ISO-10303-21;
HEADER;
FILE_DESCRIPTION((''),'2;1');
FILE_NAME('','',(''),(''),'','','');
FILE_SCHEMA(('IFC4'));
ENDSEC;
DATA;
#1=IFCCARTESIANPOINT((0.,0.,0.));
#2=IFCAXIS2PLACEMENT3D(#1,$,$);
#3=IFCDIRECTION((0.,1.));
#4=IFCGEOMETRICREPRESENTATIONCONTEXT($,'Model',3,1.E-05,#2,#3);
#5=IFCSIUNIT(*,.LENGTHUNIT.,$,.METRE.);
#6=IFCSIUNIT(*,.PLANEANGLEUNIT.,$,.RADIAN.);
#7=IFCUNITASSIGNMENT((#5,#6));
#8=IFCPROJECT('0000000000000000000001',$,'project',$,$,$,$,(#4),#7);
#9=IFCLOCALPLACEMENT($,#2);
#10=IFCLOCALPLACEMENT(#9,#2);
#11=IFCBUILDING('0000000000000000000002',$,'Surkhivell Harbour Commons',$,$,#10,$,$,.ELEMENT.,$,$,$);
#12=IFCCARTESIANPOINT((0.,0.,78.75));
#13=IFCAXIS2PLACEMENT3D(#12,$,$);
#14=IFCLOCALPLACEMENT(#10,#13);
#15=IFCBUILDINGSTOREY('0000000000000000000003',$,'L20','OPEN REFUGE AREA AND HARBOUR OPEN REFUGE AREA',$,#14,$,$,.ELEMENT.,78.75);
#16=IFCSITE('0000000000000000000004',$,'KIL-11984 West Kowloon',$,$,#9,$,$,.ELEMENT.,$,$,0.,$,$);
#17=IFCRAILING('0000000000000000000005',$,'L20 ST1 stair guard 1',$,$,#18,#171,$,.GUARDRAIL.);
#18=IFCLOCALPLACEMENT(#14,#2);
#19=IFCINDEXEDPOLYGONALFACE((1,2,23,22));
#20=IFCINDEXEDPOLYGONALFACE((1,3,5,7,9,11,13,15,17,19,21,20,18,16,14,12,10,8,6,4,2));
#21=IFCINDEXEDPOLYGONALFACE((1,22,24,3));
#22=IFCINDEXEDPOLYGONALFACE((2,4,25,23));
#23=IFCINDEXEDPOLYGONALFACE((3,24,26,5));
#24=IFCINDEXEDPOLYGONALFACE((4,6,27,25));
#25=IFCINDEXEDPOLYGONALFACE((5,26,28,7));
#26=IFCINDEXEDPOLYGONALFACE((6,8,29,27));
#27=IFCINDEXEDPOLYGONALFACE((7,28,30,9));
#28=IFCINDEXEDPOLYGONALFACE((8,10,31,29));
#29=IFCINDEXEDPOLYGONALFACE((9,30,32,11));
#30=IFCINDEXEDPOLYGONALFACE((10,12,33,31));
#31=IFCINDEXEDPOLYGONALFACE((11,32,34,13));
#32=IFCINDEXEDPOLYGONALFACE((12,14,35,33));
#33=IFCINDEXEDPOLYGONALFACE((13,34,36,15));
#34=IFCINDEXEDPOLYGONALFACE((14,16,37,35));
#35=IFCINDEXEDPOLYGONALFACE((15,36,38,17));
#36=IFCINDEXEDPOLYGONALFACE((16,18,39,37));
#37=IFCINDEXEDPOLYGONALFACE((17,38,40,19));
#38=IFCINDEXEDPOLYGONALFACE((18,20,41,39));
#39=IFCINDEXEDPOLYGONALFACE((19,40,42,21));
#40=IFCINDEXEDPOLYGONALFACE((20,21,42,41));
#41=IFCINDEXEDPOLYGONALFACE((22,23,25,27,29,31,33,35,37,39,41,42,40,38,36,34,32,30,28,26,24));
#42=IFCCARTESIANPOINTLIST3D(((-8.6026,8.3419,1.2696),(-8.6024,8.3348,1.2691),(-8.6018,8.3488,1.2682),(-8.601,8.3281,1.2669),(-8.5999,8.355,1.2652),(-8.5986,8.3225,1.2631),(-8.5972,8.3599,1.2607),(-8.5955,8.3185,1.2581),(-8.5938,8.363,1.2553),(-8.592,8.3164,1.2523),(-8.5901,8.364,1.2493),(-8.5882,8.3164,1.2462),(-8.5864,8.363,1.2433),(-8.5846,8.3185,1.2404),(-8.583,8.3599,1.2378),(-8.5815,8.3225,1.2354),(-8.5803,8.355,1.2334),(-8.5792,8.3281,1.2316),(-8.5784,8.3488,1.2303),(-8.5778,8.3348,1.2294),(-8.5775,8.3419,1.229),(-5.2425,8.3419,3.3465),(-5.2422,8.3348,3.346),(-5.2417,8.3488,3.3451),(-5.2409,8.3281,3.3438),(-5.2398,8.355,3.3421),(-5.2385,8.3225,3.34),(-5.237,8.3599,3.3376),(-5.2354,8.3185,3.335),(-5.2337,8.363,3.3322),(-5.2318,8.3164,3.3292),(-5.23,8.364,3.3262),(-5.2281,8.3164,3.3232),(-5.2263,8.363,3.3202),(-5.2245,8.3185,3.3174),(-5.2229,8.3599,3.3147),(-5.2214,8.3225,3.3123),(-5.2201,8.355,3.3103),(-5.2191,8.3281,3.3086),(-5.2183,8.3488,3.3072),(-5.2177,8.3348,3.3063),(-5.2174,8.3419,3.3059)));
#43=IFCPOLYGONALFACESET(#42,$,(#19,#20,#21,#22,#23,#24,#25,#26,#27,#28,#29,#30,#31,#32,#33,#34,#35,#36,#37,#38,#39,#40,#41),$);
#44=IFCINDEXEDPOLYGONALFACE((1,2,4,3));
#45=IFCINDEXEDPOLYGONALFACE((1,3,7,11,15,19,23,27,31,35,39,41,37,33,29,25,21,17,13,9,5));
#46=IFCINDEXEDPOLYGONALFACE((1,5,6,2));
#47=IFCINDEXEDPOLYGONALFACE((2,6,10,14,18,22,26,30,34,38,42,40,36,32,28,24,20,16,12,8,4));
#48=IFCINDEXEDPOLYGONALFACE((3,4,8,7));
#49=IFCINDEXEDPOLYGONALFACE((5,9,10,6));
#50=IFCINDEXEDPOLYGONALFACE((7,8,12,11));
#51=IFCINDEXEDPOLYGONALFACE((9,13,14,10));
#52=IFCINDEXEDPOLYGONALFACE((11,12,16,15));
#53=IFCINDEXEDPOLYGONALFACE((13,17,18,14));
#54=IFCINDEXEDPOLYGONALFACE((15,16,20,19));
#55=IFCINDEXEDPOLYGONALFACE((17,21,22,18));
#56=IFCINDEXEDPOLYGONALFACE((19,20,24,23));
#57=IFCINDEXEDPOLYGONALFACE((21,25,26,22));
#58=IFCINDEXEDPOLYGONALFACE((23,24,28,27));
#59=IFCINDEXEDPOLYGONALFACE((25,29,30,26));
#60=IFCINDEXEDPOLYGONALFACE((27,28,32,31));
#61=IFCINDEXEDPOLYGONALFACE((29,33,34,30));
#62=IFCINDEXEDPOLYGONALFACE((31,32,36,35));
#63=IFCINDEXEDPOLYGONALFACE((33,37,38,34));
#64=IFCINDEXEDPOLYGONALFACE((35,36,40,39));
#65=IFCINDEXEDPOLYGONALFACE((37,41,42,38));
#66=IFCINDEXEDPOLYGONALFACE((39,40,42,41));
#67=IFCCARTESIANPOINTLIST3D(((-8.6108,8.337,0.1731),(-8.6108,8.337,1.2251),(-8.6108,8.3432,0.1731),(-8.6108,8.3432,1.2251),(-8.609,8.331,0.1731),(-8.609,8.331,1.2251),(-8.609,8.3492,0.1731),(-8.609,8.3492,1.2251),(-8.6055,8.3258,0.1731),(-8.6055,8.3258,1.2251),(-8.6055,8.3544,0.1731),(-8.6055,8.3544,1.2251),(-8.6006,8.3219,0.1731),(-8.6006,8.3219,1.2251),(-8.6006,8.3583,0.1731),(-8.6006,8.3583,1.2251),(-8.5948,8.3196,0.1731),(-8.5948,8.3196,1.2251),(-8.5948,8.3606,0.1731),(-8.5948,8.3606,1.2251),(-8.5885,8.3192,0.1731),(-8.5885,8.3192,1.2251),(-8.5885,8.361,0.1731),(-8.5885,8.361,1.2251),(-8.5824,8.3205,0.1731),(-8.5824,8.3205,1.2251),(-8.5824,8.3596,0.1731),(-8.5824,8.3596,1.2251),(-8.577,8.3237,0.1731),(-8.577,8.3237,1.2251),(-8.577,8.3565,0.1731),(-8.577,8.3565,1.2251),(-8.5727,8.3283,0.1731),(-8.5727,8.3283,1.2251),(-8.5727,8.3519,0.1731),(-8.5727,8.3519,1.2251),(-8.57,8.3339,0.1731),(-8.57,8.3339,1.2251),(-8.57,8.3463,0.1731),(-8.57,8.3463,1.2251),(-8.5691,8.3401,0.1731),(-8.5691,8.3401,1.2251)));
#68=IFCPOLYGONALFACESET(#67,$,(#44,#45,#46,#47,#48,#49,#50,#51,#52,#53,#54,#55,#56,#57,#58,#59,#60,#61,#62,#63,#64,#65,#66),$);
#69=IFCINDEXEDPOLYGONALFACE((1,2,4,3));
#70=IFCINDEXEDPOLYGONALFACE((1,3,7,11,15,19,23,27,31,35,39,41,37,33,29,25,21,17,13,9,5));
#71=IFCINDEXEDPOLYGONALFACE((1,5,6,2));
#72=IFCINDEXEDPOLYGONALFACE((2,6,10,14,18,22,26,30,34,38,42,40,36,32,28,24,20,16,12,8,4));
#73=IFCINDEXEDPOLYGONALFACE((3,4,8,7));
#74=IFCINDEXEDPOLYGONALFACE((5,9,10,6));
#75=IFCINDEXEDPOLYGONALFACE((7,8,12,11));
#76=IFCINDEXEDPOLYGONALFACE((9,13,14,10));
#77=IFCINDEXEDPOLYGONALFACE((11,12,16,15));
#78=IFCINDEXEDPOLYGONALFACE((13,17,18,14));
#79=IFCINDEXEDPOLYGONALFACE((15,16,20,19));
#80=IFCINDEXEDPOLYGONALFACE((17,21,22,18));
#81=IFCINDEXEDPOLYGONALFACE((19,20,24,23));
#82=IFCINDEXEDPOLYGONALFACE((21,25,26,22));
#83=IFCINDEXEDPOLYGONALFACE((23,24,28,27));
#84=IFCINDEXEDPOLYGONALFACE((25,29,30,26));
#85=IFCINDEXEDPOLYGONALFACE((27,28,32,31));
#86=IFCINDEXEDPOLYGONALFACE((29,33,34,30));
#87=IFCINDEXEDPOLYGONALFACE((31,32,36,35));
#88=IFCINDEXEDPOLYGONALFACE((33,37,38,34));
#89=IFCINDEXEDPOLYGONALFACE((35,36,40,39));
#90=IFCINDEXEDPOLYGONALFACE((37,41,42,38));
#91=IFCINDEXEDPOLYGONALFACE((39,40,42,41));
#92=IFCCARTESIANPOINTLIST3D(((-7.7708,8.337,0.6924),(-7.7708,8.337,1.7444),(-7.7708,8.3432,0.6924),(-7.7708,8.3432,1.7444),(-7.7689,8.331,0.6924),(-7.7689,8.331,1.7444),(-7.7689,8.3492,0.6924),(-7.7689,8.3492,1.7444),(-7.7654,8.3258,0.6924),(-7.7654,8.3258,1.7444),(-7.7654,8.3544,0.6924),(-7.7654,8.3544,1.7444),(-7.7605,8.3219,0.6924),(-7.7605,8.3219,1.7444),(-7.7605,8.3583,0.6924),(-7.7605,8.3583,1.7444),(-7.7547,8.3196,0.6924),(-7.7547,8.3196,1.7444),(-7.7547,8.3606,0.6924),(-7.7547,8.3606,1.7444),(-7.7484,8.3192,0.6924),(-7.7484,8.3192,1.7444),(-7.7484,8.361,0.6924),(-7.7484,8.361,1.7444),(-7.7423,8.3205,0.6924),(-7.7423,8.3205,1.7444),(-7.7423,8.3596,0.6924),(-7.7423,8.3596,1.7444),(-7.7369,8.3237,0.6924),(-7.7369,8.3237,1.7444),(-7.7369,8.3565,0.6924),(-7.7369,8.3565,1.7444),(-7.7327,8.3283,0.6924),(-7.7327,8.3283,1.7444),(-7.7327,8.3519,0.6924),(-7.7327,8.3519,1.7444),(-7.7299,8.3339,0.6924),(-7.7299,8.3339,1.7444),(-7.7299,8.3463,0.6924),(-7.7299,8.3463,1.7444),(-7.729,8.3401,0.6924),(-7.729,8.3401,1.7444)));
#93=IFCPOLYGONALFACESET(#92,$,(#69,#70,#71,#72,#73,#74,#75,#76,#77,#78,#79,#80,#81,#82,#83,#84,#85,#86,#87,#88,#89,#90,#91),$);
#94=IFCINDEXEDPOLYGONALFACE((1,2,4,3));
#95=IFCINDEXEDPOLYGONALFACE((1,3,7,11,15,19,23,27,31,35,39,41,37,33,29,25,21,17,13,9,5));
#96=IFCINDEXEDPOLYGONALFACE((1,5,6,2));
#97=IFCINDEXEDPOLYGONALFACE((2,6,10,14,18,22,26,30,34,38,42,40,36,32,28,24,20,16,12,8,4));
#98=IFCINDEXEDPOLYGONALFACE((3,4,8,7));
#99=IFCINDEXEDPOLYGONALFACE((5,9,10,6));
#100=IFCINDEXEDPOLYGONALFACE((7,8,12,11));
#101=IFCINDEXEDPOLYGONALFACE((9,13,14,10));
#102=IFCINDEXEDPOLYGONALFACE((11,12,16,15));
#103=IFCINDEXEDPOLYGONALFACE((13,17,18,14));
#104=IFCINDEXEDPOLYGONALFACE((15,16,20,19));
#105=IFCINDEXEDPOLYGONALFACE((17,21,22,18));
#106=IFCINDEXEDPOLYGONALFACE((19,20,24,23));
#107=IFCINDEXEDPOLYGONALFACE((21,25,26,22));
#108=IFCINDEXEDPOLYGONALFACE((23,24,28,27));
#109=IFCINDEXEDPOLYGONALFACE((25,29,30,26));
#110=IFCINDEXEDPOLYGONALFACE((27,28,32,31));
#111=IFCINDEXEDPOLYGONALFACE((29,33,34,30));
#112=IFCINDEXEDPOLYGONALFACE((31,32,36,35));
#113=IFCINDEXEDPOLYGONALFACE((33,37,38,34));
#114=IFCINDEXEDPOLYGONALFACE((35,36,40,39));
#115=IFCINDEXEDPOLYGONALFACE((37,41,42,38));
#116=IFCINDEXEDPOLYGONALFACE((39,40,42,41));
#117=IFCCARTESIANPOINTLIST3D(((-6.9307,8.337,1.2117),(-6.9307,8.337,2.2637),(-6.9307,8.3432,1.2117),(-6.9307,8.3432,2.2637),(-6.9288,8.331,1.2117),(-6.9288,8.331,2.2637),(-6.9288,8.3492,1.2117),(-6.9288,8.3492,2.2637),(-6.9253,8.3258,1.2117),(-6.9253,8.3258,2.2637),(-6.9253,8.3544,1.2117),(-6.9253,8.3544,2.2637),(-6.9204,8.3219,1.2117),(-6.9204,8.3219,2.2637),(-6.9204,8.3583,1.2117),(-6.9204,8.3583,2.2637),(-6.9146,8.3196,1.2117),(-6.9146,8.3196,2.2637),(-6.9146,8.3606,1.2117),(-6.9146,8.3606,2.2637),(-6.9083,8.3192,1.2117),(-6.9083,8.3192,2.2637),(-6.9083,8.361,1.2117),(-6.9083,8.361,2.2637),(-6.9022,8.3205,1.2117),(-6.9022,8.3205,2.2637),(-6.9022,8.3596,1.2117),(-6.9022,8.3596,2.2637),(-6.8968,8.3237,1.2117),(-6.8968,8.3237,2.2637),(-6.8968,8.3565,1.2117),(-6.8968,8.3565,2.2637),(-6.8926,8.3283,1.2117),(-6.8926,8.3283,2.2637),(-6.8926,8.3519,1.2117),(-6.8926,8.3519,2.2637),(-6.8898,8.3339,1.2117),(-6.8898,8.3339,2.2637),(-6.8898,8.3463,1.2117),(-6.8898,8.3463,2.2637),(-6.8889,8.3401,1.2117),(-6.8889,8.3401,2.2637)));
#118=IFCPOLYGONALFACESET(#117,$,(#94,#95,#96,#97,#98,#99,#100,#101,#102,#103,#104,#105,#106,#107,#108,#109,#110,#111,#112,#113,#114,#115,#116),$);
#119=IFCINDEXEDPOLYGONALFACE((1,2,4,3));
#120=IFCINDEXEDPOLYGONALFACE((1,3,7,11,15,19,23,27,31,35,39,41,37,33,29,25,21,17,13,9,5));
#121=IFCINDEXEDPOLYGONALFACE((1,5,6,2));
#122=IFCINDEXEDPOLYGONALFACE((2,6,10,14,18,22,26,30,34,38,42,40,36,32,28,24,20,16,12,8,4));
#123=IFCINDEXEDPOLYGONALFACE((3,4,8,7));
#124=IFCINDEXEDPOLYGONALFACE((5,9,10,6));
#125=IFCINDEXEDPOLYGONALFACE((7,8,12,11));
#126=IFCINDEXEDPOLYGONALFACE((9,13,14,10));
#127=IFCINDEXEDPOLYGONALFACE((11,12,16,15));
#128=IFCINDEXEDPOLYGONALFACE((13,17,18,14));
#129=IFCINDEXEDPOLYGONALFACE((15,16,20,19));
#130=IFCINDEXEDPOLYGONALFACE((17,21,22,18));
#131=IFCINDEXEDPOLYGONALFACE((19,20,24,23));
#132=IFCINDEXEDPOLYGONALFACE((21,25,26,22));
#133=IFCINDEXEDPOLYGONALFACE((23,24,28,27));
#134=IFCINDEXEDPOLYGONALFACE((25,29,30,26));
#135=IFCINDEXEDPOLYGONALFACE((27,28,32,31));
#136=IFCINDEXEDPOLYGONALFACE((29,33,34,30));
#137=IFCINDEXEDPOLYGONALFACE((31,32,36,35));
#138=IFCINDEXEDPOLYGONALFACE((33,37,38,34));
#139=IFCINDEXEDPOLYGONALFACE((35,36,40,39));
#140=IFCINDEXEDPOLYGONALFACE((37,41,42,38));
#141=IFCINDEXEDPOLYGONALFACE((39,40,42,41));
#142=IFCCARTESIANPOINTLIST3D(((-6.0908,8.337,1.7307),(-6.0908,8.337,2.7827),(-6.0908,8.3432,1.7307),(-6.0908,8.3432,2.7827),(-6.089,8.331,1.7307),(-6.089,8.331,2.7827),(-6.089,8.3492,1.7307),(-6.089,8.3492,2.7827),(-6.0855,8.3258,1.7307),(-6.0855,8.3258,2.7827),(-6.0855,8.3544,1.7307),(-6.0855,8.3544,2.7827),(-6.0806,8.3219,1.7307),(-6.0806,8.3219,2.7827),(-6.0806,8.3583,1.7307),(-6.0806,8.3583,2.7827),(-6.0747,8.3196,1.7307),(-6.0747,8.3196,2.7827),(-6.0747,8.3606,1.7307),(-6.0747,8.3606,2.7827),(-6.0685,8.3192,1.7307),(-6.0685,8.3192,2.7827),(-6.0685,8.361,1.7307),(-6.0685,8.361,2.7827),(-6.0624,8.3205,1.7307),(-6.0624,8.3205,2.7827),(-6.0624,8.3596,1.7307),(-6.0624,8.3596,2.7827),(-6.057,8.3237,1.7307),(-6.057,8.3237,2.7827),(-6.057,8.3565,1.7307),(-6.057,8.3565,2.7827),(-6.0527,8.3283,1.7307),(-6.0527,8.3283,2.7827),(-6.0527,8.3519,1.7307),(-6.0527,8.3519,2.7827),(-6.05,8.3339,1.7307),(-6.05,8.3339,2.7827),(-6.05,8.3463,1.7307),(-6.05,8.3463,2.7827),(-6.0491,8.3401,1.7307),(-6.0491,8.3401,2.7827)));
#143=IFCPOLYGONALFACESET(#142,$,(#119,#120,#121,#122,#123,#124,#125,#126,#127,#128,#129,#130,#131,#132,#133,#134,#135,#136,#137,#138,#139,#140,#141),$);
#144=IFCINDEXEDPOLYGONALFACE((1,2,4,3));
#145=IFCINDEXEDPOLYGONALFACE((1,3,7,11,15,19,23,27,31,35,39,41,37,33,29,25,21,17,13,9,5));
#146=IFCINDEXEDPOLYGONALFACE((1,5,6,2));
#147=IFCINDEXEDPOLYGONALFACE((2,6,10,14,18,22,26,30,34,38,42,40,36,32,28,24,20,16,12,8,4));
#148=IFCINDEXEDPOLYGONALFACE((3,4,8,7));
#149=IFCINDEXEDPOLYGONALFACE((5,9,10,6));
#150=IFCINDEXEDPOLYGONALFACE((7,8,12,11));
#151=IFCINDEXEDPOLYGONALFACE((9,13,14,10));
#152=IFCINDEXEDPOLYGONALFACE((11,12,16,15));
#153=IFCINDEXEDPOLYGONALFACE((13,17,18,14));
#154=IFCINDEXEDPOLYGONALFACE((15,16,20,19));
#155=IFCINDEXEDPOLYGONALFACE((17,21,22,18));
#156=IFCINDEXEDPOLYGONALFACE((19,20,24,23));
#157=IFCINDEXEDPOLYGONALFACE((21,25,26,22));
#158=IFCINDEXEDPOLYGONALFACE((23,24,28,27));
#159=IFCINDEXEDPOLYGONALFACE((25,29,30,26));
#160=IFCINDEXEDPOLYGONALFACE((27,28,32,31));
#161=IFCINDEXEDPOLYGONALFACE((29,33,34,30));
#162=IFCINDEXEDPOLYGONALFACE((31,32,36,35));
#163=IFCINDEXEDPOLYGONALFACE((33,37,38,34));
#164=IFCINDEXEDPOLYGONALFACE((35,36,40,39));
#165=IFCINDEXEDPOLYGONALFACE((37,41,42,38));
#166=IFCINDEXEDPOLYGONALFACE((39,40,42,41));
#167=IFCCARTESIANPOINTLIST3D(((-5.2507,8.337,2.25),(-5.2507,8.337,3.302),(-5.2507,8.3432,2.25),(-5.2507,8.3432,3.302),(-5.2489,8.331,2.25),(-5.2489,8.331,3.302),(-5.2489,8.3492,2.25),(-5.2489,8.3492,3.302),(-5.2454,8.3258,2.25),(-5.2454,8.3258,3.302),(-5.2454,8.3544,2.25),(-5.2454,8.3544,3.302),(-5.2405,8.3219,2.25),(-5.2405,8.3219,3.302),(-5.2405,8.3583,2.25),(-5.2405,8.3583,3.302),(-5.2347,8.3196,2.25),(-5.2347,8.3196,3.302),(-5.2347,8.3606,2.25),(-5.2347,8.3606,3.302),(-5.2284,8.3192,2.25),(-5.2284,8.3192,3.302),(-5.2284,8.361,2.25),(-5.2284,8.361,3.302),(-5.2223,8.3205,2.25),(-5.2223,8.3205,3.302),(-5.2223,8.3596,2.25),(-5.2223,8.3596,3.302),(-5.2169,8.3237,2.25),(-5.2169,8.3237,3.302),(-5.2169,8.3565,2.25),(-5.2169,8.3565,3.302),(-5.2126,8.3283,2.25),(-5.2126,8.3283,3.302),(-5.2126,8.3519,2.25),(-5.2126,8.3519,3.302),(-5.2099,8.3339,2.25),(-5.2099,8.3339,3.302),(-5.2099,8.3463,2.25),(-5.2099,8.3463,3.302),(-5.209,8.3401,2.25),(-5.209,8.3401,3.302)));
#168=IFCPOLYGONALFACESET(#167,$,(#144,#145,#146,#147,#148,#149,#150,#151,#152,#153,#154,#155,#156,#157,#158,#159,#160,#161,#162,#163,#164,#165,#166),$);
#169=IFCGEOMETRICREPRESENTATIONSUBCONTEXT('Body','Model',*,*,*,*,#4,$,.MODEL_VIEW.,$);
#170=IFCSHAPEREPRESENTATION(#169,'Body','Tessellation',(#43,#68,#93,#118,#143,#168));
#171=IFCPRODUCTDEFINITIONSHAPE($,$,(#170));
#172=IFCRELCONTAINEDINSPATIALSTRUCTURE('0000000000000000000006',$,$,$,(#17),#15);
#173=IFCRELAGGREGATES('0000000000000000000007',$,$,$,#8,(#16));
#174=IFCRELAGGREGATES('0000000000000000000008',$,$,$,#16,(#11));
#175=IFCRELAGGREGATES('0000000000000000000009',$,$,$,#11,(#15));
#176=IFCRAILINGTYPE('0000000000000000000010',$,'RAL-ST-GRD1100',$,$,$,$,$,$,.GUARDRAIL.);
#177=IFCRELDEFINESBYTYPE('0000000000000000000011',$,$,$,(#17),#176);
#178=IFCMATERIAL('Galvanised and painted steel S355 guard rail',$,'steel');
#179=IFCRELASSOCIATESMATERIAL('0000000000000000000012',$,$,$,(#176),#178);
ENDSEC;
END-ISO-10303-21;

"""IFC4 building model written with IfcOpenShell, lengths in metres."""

from ifc_helpers import new_model, si_unit, direction, frame, origin, origin_2d, place, context, subcontext, project, spatial, circle, extrude, material, type_object, element, save


model = new_model("IFC4")

# Units and contexts
model_context = context("Model", 3, precision=1e-05, world=origin(), true_north=direction((0.0, 1.0)))
body_context = subcontext(model_context, "Body", "Model", "MODEL_VIEW")
ifc_project = project(units=[si_unit("LENGTHUNIT", "METRE"), si_unit("PLANEANGLEUNIT", "RADIAN")], contexts=[model_context])

# Site, building, storey
site_placement = place(None, origin())
site = spatial("IfcSite", under=ifc_project, at=site_placement, Name="KIL-11984 West Kowloon", CompositionType="ELEMENT", RefElevation=0.0)
building_placement = place(site_placement, origin())
building = spatial("IfcBuilding", under=site, at=building_placement, Name="Surkhivell Harbour Commons", CompositionType="ELEMENT")
storey_placement = place(building_placement, frame((0.0, 0.0, 78.75)))
storey = spatial("IfcBuildingStorey", under=building, at=storey_placement, Name="L20", Description="OPEN REFUGE AREA AND HARBOUR OPEN REFUGE AREA", CompositionType="ELEMENT", Elevation=78.75)

# Railing
ifc_material_1 = material(Name="Galvanised and painted steel S355 guard rail", Category="steel")
railing_type_1 = type_object("IfcRailingType", Name="RAL-ST-GRD1100", PredefinedType="GUARDRAIL", material=ifc_material_1)
railing_1_placement = place(storey_placement, frame((-8.5901, 8.3401, 0.1731)))
element("IfcRailing", 1, at=railing_1_placement, inside=storey, type_object=railing_type_1, Name="L20 ST1 stair guard 1", PredefinedType="GUARDRAIL", context=body_context, shape_type="SweptSolid", body=[
    extrude(circle(Radius=0.0239, at=origin_2d()), frame((0.0, 0.0, 1.0762), z_axis=(0.850623, 0.0, 0.525776), x_axis=(0.0, 1.0, 0.0)), (0.0, 0.0, 1.0), 3.9502),
    extrude(circle(Radius=0.021, at=origin_2d()), origin(), (0.0, 0.0, 1.0), 1.052),
    extrude(circle(Radius=0.021, at=origin_2d()), frame((0.8401, 0.0, 0.5193)), (0.0, 0.0, 1.0), 1.052),
    extrude(circle(Radius=0.021, at=origin_2d()), frame((1.6802, 0.0, 1.0386)), (0.0, 0.0, 1.0), 1.052),
    extrude(circle(Radius=0.021, at=origin_2d()), frame((2.52, 0.0, 1.5576)), (0.0, 0.0, 1.0), 1.052),
    extrude(circle(Radius=0.021, at=origin_2d()), frame((3.3601, 0.0, 2.0769)), (0.0, 0.0, 1.0), 1.052),
])

save(model, "model.ifc")
